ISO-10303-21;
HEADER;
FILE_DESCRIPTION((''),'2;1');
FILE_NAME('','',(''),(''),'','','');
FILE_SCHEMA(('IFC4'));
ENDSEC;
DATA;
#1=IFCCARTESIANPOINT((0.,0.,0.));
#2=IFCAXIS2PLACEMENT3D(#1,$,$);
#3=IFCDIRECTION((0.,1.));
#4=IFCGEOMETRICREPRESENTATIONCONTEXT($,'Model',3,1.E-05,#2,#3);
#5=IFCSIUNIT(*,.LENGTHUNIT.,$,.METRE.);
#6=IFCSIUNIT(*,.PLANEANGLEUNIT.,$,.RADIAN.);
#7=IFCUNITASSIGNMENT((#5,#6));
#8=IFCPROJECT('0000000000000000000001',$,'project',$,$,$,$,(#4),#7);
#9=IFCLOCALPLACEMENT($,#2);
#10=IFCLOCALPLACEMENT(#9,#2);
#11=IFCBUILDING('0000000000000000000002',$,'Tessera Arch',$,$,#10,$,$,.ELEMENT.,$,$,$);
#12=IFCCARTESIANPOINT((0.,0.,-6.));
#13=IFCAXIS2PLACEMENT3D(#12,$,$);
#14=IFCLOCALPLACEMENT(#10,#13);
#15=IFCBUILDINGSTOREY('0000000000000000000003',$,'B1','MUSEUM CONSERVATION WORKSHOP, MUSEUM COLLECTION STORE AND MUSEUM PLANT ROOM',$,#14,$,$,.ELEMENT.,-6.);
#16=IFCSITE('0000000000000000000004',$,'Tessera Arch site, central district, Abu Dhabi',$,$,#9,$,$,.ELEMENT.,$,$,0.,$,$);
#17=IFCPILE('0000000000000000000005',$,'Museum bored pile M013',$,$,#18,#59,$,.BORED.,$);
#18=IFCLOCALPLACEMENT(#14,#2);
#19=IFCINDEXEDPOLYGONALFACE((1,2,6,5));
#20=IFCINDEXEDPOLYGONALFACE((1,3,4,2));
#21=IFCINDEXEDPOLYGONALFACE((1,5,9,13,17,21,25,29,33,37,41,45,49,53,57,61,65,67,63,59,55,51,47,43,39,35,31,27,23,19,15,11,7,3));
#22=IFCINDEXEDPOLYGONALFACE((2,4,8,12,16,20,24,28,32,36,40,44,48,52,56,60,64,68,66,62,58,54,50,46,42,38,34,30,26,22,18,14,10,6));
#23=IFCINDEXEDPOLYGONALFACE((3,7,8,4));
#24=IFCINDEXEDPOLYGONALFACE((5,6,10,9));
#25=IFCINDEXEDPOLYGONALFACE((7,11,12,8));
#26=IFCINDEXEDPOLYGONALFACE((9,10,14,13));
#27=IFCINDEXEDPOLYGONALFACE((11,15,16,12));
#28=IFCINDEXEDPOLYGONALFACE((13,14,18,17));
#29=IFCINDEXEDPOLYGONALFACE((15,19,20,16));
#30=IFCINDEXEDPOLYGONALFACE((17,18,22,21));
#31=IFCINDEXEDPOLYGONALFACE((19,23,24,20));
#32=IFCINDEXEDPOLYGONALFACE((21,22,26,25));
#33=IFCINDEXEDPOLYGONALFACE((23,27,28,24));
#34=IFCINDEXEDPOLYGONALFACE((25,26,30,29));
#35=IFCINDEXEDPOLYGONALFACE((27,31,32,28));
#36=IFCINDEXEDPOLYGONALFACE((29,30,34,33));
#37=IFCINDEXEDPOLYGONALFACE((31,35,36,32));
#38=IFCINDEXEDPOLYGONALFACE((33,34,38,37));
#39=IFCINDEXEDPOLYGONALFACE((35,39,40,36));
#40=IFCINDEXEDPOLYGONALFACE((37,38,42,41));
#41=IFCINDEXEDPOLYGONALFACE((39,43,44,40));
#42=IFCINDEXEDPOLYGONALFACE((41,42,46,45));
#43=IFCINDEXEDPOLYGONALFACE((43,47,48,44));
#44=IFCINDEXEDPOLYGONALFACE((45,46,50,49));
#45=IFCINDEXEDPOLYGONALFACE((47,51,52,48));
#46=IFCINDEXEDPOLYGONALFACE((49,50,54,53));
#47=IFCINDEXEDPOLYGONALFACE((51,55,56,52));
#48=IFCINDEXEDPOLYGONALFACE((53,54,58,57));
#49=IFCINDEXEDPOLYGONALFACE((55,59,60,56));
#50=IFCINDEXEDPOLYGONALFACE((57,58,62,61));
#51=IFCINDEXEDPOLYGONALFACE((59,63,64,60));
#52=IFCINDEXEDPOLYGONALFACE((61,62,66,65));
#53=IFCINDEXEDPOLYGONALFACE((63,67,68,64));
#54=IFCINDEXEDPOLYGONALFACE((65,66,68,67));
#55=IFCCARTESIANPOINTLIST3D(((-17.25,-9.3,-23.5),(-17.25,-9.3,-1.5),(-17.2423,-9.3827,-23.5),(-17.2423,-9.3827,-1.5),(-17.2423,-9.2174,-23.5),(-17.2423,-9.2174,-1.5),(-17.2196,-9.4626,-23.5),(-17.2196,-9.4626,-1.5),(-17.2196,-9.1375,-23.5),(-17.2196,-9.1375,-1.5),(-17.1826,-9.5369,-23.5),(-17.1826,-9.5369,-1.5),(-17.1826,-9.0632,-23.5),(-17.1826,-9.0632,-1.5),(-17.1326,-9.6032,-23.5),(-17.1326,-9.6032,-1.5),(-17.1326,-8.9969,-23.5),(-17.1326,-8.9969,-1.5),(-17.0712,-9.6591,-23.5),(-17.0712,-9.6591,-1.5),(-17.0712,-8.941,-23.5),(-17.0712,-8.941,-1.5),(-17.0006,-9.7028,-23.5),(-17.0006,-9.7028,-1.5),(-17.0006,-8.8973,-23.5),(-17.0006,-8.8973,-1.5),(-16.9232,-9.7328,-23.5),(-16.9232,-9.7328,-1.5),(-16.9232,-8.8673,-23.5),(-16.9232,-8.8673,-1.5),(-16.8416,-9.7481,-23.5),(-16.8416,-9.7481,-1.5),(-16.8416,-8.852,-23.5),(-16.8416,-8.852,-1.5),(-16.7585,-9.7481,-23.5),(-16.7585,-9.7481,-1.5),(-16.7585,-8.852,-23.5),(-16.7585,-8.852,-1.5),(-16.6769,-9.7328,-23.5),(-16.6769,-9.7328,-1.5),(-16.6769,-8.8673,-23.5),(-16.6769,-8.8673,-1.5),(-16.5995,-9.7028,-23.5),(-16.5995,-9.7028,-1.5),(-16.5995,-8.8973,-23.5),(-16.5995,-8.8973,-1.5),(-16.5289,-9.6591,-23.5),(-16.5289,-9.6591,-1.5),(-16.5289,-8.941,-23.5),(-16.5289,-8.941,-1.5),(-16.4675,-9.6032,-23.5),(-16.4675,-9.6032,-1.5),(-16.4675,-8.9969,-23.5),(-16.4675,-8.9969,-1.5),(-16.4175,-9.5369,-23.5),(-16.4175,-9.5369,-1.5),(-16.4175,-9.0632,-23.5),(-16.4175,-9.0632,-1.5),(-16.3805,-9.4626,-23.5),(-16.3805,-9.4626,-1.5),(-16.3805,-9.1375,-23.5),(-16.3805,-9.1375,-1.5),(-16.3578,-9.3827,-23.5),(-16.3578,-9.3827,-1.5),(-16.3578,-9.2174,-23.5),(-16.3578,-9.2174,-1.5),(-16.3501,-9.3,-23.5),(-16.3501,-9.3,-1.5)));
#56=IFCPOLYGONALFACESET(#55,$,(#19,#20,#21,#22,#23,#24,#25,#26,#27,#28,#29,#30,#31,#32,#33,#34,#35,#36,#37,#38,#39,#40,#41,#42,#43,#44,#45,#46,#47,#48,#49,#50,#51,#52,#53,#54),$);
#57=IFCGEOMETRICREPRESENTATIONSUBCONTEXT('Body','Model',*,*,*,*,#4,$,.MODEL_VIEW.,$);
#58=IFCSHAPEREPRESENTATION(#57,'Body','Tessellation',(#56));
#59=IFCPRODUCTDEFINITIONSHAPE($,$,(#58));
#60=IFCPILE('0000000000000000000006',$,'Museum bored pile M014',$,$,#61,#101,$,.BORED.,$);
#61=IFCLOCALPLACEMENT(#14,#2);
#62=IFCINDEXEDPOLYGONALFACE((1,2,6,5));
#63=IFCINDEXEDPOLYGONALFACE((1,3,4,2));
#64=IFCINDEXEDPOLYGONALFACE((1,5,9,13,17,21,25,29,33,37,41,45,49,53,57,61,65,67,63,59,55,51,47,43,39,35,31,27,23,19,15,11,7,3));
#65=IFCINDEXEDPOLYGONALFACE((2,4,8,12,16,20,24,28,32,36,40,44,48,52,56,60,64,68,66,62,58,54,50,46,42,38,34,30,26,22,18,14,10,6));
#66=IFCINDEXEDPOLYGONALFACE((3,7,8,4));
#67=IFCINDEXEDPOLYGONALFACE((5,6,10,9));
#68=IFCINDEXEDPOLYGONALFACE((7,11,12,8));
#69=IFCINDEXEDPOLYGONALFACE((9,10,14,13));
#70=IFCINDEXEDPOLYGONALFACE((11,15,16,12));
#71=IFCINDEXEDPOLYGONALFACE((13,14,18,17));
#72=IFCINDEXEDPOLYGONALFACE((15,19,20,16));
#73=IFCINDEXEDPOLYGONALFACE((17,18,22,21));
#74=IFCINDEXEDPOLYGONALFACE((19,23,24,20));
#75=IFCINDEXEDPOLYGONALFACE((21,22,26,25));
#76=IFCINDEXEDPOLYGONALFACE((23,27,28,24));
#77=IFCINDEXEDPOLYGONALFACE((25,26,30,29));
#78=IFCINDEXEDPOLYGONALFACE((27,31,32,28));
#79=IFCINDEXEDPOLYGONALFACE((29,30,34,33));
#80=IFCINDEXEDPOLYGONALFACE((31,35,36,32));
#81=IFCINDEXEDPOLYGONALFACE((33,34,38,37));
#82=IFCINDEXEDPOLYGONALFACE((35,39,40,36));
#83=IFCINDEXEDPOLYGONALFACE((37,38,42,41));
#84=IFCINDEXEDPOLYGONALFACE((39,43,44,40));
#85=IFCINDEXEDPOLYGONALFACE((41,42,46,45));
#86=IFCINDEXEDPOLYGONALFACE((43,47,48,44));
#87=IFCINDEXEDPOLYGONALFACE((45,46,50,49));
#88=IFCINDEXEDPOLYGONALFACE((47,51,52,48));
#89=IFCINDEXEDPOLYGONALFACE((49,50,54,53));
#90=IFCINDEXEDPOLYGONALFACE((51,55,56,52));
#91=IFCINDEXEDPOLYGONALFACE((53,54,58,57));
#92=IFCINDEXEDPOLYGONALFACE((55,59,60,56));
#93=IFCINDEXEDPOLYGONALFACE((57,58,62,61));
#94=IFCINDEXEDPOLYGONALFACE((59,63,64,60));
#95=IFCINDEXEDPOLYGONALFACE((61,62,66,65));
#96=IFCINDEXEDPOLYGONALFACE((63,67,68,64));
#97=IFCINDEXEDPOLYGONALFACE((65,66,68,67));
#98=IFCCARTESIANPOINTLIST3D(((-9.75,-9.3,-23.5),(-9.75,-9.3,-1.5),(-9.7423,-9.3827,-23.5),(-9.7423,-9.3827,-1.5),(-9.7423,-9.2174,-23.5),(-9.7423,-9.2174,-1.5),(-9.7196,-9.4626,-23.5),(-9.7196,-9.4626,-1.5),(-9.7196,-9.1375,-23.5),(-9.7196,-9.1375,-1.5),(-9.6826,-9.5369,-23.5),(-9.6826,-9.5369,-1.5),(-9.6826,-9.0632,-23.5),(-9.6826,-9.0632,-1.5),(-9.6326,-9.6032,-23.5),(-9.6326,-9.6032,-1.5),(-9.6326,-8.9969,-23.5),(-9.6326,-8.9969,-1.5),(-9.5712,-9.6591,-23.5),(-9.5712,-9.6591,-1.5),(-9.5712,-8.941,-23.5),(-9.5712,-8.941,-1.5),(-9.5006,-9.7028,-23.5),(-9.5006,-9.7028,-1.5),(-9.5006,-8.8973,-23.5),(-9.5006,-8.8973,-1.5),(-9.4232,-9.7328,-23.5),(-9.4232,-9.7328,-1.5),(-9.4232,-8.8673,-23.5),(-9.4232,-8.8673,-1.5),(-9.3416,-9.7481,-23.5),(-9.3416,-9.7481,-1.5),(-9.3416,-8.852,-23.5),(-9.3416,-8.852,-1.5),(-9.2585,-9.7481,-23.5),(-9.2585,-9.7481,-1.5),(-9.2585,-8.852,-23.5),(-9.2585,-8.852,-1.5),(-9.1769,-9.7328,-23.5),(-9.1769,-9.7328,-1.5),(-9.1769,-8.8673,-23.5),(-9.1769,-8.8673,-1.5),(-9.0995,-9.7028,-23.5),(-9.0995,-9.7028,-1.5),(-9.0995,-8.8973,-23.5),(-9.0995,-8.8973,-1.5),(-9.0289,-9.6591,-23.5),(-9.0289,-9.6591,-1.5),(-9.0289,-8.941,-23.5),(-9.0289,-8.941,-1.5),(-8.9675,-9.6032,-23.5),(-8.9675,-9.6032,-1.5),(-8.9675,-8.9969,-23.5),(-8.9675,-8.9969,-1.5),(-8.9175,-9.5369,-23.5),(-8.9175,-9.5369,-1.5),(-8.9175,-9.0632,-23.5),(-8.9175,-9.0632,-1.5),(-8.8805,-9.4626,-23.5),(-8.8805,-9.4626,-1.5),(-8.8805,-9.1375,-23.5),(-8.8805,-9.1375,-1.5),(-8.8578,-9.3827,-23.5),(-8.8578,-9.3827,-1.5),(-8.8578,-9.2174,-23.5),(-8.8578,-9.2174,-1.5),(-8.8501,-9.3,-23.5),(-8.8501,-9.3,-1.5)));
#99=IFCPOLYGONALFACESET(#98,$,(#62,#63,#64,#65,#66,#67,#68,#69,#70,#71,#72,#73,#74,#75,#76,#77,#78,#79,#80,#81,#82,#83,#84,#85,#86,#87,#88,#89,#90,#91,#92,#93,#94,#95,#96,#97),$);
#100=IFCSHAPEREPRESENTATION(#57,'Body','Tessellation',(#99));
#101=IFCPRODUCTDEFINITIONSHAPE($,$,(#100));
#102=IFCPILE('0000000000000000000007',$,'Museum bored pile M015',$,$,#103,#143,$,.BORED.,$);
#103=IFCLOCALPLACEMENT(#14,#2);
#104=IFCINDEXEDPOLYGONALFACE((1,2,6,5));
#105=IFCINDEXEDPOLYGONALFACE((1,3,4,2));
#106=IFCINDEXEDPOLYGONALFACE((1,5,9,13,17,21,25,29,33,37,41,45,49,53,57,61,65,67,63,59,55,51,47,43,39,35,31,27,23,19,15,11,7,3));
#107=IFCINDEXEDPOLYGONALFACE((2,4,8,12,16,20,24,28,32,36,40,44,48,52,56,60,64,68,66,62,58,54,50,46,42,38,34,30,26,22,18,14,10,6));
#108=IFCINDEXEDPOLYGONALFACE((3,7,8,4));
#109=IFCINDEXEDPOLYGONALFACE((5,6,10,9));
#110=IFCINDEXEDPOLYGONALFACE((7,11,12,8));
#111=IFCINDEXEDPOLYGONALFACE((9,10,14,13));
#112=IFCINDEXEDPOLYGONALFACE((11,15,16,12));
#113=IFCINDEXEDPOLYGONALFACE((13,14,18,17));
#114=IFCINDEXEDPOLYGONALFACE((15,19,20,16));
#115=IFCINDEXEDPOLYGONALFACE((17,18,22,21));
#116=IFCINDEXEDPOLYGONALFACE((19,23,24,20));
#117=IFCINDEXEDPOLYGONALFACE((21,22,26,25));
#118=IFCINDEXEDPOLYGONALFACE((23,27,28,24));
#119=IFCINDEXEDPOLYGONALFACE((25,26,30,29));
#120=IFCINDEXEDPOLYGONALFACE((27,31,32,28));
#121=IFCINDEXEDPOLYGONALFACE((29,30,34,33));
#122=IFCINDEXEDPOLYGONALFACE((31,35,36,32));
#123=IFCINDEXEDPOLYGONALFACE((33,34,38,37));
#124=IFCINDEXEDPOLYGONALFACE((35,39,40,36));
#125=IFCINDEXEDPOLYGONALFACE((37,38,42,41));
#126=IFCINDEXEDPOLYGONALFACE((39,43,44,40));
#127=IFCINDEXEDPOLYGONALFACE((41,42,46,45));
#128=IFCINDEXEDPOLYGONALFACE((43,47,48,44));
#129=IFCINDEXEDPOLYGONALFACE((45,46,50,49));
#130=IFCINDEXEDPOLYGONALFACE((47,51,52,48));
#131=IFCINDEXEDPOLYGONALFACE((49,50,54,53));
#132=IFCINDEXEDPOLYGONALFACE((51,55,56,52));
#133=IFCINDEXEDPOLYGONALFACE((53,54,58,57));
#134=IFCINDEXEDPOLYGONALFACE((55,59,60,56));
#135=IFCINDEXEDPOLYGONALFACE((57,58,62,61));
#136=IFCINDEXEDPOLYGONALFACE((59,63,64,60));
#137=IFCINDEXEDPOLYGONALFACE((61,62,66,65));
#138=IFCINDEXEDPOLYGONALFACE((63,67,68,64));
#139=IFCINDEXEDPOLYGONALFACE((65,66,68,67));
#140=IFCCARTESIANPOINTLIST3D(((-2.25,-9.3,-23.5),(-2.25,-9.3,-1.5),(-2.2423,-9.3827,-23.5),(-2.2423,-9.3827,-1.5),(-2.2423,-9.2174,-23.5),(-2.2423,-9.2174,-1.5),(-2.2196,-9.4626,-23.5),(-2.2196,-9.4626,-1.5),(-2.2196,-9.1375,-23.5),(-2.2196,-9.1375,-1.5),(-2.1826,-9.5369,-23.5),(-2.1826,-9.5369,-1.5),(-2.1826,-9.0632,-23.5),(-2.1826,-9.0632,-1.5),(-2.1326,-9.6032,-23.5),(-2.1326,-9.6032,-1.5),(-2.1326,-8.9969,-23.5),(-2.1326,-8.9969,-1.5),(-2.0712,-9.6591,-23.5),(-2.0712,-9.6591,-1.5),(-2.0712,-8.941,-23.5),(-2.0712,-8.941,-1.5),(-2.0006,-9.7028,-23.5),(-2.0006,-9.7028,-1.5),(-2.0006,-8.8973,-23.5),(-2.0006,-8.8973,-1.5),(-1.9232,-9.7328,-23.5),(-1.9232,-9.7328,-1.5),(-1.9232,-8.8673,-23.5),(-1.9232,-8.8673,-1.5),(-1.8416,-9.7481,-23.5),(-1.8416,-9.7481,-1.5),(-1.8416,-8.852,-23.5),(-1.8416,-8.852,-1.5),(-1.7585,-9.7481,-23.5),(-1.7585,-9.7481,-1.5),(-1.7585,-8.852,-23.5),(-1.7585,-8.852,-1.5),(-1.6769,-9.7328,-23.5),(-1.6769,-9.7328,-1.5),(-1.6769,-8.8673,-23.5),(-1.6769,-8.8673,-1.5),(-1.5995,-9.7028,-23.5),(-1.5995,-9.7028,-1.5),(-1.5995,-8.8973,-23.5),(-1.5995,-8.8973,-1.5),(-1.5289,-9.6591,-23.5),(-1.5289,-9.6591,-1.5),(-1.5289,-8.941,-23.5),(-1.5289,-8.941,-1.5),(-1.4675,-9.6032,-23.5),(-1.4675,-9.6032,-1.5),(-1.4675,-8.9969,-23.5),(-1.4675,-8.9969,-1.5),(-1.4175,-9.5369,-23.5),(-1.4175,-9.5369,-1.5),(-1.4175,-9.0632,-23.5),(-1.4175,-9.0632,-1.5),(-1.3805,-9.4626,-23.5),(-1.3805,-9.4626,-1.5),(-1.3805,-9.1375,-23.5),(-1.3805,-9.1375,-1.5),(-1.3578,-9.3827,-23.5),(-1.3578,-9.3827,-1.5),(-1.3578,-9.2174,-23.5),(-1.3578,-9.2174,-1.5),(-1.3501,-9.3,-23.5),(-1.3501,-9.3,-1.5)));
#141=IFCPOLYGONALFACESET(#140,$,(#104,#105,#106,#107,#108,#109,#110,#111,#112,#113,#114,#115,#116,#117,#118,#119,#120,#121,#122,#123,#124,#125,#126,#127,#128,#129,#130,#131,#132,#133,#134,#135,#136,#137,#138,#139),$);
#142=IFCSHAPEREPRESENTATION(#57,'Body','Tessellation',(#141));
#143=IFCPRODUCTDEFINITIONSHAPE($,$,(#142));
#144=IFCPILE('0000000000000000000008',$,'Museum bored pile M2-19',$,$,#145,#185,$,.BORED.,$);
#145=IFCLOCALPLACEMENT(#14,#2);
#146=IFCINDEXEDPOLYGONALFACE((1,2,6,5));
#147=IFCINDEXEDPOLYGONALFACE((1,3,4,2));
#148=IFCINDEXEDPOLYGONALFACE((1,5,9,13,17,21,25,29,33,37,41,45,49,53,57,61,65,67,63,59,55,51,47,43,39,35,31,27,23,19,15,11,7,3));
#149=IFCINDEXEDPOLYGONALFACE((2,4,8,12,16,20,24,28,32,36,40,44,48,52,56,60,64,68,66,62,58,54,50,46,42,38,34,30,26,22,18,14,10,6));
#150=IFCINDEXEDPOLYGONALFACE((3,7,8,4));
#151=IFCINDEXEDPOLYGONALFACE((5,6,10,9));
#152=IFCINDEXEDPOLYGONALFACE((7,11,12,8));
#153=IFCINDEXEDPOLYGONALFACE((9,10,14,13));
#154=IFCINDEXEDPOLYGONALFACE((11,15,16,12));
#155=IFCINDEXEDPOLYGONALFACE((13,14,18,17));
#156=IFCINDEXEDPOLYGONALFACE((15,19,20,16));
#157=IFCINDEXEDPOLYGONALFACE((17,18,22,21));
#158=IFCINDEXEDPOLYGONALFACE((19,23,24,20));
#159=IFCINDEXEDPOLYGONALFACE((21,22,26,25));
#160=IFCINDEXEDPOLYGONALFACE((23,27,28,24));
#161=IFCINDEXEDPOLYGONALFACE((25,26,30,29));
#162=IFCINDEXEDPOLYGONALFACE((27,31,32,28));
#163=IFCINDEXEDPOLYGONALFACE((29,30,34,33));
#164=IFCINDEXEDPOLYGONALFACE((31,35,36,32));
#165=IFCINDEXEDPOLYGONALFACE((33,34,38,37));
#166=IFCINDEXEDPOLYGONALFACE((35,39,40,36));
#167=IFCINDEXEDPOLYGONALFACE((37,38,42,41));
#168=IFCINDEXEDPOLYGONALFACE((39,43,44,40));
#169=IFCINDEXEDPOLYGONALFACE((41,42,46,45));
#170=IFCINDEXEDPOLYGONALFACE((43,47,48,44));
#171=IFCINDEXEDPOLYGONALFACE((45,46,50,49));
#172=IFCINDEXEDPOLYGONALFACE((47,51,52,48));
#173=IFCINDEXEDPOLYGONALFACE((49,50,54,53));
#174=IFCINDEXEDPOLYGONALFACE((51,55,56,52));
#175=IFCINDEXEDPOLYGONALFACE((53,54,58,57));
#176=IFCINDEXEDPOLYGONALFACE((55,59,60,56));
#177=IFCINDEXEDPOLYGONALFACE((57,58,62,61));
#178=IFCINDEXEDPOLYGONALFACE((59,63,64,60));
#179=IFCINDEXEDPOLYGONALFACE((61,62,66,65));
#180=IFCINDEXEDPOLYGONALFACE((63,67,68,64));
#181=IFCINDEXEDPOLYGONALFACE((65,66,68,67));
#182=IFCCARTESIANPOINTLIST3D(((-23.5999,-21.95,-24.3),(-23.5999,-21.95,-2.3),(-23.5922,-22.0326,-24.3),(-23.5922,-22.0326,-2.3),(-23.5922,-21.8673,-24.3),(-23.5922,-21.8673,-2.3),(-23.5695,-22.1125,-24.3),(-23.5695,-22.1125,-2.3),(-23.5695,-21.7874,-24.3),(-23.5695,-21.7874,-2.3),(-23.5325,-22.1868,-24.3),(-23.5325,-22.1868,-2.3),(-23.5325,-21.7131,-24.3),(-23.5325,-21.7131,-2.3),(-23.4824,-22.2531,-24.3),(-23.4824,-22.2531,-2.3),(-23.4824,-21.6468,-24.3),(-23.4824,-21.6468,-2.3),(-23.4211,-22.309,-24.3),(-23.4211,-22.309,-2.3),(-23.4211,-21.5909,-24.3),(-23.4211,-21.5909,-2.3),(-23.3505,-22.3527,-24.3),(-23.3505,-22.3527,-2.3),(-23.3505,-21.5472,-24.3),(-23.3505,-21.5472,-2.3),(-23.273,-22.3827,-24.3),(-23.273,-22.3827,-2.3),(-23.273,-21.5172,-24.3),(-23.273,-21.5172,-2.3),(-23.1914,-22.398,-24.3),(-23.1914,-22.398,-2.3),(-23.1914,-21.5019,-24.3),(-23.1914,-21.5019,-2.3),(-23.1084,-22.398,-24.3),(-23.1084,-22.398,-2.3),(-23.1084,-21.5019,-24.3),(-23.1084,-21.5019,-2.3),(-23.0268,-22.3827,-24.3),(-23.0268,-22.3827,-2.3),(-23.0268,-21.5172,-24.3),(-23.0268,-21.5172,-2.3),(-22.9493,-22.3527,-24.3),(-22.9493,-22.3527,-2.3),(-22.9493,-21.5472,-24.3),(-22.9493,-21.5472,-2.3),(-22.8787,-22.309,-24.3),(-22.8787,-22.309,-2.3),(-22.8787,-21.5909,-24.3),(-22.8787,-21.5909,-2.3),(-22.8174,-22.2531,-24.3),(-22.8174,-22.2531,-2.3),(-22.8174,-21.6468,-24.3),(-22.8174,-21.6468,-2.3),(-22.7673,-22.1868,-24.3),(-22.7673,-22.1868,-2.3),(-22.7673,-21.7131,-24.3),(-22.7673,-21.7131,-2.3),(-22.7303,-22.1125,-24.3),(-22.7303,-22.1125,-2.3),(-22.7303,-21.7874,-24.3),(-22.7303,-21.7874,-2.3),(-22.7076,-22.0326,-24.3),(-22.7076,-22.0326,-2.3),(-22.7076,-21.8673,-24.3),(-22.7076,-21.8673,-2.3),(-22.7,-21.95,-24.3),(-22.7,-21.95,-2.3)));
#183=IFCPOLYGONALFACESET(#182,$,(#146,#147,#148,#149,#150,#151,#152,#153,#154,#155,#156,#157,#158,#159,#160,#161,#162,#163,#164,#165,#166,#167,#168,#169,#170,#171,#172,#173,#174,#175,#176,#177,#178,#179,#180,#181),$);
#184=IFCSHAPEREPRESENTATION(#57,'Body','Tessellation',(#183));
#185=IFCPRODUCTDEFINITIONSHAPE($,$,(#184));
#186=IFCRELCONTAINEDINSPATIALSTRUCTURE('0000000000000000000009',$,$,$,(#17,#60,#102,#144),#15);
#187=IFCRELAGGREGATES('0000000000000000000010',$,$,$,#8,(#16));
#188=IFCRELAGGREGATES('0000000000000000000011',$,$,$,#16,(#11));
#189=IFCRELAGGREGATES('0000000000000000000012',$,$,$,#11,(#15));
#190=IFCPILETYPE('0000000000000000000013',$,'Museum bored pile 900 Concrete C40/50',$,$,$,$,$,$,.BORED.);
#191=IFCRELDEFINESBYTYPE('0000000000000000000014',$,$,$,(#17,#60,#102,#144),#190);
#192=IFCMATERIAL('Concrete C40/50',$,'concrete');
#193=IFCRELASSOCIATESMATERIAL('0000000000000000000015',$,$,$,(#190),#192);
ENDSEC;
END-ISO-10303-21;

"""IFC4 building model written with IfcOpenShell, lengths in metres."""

from ifc_helpers import new_model, si_unit, direction, frame, origin, origin_2d, place, context, subcontext, project, spatial, circle, extrude, material, type_object, element, save


model = new_model("IFC4")

# Units and contexts
model_context = context("Model", 3, precision=1e-05, world=origin(), true_north=direction((0.0, 1.0)))
body_context = subcontext(model_context, "Body", "Model", "MODEL_VIEW")
ifc_project = project(units=[si_unit("LENGTHUNIT", "METRE"), si_unit("PLANEANGLEUNIT", "RADIAN")], contexts=[model_context])

# Site, building, storey
site_placement = place(None, origin())
site = spatial("IfcSite", under=ifc_project, at=site_placement, Name="Tessera Arch site, central district, Abu Dhabi", CompositionType="ELEMENT", RefElevation=0.0)
building_placement = place(site_placement, origin())
building = spatial("IfcBuilding", under=site, at=building_placement, Name="Tessera Arch", CompositionType="ELEMENT")
storey_placement = place(building_placement, frame((0.0, 0.0, -6.0)))
storey = spatial("IfcBuildingStorey", under=building, at=storey_placement, Name="B1", Description="MUSEUM CONSERVATION WORKSHOP, MUSEUM COLLECTION STORE AND MUSEUM PLANT ROOM", CompositionType="ELEMENT", Elevation=-6.0)

# Piles
ifc_material_1 = material(Name="Concrete C40/50", Category="concrete")
pile_type = type_object("IfcPileType", Name="Museum bored pile 900 Concrete C40/50", PredefinedType="BORED", material=ifc_material_1)
for number, where, z_axis, x_axis, name in (
    (1, (-16.8, -9.3, -1.5), (0.0, 0.0, -1.0), (1.0, 0.0, 0.0), "Museum bored pile M013"),
    (2, (-9.3, -9.3, -1.5), (0.0, 0.0, -1.0), (1.0, 0.0, 0.0), "Museum bored pile M014"),
    (3, (-1.8, -9.3, -1.5), (0.0, 0.0, -1.0), (1.0, 0.0, 0.0), "Museum bored pile M015"),
    (4, (-23.1499, -21.95, -2.3), (0.0, 0.0, -1.0), (1.0, 0.0, 0.0), "Museum bored pile M2-19"),
):
    element("IfcPile", number, at=place(storey_placement, frame(where, z_axis=z_axis, x_axis=x_axis)), inside=storey, type_object=pile_type, Name=name, PredefinedType="BORED", context=body_context, shape_type="SweptSolid", body=[
        extrude(circle(Radius=0.45, at=origin_2d()), origin(), (0.0, 0.0, 1.0), 22.0),
    ])

save(model, "model.ifc")
